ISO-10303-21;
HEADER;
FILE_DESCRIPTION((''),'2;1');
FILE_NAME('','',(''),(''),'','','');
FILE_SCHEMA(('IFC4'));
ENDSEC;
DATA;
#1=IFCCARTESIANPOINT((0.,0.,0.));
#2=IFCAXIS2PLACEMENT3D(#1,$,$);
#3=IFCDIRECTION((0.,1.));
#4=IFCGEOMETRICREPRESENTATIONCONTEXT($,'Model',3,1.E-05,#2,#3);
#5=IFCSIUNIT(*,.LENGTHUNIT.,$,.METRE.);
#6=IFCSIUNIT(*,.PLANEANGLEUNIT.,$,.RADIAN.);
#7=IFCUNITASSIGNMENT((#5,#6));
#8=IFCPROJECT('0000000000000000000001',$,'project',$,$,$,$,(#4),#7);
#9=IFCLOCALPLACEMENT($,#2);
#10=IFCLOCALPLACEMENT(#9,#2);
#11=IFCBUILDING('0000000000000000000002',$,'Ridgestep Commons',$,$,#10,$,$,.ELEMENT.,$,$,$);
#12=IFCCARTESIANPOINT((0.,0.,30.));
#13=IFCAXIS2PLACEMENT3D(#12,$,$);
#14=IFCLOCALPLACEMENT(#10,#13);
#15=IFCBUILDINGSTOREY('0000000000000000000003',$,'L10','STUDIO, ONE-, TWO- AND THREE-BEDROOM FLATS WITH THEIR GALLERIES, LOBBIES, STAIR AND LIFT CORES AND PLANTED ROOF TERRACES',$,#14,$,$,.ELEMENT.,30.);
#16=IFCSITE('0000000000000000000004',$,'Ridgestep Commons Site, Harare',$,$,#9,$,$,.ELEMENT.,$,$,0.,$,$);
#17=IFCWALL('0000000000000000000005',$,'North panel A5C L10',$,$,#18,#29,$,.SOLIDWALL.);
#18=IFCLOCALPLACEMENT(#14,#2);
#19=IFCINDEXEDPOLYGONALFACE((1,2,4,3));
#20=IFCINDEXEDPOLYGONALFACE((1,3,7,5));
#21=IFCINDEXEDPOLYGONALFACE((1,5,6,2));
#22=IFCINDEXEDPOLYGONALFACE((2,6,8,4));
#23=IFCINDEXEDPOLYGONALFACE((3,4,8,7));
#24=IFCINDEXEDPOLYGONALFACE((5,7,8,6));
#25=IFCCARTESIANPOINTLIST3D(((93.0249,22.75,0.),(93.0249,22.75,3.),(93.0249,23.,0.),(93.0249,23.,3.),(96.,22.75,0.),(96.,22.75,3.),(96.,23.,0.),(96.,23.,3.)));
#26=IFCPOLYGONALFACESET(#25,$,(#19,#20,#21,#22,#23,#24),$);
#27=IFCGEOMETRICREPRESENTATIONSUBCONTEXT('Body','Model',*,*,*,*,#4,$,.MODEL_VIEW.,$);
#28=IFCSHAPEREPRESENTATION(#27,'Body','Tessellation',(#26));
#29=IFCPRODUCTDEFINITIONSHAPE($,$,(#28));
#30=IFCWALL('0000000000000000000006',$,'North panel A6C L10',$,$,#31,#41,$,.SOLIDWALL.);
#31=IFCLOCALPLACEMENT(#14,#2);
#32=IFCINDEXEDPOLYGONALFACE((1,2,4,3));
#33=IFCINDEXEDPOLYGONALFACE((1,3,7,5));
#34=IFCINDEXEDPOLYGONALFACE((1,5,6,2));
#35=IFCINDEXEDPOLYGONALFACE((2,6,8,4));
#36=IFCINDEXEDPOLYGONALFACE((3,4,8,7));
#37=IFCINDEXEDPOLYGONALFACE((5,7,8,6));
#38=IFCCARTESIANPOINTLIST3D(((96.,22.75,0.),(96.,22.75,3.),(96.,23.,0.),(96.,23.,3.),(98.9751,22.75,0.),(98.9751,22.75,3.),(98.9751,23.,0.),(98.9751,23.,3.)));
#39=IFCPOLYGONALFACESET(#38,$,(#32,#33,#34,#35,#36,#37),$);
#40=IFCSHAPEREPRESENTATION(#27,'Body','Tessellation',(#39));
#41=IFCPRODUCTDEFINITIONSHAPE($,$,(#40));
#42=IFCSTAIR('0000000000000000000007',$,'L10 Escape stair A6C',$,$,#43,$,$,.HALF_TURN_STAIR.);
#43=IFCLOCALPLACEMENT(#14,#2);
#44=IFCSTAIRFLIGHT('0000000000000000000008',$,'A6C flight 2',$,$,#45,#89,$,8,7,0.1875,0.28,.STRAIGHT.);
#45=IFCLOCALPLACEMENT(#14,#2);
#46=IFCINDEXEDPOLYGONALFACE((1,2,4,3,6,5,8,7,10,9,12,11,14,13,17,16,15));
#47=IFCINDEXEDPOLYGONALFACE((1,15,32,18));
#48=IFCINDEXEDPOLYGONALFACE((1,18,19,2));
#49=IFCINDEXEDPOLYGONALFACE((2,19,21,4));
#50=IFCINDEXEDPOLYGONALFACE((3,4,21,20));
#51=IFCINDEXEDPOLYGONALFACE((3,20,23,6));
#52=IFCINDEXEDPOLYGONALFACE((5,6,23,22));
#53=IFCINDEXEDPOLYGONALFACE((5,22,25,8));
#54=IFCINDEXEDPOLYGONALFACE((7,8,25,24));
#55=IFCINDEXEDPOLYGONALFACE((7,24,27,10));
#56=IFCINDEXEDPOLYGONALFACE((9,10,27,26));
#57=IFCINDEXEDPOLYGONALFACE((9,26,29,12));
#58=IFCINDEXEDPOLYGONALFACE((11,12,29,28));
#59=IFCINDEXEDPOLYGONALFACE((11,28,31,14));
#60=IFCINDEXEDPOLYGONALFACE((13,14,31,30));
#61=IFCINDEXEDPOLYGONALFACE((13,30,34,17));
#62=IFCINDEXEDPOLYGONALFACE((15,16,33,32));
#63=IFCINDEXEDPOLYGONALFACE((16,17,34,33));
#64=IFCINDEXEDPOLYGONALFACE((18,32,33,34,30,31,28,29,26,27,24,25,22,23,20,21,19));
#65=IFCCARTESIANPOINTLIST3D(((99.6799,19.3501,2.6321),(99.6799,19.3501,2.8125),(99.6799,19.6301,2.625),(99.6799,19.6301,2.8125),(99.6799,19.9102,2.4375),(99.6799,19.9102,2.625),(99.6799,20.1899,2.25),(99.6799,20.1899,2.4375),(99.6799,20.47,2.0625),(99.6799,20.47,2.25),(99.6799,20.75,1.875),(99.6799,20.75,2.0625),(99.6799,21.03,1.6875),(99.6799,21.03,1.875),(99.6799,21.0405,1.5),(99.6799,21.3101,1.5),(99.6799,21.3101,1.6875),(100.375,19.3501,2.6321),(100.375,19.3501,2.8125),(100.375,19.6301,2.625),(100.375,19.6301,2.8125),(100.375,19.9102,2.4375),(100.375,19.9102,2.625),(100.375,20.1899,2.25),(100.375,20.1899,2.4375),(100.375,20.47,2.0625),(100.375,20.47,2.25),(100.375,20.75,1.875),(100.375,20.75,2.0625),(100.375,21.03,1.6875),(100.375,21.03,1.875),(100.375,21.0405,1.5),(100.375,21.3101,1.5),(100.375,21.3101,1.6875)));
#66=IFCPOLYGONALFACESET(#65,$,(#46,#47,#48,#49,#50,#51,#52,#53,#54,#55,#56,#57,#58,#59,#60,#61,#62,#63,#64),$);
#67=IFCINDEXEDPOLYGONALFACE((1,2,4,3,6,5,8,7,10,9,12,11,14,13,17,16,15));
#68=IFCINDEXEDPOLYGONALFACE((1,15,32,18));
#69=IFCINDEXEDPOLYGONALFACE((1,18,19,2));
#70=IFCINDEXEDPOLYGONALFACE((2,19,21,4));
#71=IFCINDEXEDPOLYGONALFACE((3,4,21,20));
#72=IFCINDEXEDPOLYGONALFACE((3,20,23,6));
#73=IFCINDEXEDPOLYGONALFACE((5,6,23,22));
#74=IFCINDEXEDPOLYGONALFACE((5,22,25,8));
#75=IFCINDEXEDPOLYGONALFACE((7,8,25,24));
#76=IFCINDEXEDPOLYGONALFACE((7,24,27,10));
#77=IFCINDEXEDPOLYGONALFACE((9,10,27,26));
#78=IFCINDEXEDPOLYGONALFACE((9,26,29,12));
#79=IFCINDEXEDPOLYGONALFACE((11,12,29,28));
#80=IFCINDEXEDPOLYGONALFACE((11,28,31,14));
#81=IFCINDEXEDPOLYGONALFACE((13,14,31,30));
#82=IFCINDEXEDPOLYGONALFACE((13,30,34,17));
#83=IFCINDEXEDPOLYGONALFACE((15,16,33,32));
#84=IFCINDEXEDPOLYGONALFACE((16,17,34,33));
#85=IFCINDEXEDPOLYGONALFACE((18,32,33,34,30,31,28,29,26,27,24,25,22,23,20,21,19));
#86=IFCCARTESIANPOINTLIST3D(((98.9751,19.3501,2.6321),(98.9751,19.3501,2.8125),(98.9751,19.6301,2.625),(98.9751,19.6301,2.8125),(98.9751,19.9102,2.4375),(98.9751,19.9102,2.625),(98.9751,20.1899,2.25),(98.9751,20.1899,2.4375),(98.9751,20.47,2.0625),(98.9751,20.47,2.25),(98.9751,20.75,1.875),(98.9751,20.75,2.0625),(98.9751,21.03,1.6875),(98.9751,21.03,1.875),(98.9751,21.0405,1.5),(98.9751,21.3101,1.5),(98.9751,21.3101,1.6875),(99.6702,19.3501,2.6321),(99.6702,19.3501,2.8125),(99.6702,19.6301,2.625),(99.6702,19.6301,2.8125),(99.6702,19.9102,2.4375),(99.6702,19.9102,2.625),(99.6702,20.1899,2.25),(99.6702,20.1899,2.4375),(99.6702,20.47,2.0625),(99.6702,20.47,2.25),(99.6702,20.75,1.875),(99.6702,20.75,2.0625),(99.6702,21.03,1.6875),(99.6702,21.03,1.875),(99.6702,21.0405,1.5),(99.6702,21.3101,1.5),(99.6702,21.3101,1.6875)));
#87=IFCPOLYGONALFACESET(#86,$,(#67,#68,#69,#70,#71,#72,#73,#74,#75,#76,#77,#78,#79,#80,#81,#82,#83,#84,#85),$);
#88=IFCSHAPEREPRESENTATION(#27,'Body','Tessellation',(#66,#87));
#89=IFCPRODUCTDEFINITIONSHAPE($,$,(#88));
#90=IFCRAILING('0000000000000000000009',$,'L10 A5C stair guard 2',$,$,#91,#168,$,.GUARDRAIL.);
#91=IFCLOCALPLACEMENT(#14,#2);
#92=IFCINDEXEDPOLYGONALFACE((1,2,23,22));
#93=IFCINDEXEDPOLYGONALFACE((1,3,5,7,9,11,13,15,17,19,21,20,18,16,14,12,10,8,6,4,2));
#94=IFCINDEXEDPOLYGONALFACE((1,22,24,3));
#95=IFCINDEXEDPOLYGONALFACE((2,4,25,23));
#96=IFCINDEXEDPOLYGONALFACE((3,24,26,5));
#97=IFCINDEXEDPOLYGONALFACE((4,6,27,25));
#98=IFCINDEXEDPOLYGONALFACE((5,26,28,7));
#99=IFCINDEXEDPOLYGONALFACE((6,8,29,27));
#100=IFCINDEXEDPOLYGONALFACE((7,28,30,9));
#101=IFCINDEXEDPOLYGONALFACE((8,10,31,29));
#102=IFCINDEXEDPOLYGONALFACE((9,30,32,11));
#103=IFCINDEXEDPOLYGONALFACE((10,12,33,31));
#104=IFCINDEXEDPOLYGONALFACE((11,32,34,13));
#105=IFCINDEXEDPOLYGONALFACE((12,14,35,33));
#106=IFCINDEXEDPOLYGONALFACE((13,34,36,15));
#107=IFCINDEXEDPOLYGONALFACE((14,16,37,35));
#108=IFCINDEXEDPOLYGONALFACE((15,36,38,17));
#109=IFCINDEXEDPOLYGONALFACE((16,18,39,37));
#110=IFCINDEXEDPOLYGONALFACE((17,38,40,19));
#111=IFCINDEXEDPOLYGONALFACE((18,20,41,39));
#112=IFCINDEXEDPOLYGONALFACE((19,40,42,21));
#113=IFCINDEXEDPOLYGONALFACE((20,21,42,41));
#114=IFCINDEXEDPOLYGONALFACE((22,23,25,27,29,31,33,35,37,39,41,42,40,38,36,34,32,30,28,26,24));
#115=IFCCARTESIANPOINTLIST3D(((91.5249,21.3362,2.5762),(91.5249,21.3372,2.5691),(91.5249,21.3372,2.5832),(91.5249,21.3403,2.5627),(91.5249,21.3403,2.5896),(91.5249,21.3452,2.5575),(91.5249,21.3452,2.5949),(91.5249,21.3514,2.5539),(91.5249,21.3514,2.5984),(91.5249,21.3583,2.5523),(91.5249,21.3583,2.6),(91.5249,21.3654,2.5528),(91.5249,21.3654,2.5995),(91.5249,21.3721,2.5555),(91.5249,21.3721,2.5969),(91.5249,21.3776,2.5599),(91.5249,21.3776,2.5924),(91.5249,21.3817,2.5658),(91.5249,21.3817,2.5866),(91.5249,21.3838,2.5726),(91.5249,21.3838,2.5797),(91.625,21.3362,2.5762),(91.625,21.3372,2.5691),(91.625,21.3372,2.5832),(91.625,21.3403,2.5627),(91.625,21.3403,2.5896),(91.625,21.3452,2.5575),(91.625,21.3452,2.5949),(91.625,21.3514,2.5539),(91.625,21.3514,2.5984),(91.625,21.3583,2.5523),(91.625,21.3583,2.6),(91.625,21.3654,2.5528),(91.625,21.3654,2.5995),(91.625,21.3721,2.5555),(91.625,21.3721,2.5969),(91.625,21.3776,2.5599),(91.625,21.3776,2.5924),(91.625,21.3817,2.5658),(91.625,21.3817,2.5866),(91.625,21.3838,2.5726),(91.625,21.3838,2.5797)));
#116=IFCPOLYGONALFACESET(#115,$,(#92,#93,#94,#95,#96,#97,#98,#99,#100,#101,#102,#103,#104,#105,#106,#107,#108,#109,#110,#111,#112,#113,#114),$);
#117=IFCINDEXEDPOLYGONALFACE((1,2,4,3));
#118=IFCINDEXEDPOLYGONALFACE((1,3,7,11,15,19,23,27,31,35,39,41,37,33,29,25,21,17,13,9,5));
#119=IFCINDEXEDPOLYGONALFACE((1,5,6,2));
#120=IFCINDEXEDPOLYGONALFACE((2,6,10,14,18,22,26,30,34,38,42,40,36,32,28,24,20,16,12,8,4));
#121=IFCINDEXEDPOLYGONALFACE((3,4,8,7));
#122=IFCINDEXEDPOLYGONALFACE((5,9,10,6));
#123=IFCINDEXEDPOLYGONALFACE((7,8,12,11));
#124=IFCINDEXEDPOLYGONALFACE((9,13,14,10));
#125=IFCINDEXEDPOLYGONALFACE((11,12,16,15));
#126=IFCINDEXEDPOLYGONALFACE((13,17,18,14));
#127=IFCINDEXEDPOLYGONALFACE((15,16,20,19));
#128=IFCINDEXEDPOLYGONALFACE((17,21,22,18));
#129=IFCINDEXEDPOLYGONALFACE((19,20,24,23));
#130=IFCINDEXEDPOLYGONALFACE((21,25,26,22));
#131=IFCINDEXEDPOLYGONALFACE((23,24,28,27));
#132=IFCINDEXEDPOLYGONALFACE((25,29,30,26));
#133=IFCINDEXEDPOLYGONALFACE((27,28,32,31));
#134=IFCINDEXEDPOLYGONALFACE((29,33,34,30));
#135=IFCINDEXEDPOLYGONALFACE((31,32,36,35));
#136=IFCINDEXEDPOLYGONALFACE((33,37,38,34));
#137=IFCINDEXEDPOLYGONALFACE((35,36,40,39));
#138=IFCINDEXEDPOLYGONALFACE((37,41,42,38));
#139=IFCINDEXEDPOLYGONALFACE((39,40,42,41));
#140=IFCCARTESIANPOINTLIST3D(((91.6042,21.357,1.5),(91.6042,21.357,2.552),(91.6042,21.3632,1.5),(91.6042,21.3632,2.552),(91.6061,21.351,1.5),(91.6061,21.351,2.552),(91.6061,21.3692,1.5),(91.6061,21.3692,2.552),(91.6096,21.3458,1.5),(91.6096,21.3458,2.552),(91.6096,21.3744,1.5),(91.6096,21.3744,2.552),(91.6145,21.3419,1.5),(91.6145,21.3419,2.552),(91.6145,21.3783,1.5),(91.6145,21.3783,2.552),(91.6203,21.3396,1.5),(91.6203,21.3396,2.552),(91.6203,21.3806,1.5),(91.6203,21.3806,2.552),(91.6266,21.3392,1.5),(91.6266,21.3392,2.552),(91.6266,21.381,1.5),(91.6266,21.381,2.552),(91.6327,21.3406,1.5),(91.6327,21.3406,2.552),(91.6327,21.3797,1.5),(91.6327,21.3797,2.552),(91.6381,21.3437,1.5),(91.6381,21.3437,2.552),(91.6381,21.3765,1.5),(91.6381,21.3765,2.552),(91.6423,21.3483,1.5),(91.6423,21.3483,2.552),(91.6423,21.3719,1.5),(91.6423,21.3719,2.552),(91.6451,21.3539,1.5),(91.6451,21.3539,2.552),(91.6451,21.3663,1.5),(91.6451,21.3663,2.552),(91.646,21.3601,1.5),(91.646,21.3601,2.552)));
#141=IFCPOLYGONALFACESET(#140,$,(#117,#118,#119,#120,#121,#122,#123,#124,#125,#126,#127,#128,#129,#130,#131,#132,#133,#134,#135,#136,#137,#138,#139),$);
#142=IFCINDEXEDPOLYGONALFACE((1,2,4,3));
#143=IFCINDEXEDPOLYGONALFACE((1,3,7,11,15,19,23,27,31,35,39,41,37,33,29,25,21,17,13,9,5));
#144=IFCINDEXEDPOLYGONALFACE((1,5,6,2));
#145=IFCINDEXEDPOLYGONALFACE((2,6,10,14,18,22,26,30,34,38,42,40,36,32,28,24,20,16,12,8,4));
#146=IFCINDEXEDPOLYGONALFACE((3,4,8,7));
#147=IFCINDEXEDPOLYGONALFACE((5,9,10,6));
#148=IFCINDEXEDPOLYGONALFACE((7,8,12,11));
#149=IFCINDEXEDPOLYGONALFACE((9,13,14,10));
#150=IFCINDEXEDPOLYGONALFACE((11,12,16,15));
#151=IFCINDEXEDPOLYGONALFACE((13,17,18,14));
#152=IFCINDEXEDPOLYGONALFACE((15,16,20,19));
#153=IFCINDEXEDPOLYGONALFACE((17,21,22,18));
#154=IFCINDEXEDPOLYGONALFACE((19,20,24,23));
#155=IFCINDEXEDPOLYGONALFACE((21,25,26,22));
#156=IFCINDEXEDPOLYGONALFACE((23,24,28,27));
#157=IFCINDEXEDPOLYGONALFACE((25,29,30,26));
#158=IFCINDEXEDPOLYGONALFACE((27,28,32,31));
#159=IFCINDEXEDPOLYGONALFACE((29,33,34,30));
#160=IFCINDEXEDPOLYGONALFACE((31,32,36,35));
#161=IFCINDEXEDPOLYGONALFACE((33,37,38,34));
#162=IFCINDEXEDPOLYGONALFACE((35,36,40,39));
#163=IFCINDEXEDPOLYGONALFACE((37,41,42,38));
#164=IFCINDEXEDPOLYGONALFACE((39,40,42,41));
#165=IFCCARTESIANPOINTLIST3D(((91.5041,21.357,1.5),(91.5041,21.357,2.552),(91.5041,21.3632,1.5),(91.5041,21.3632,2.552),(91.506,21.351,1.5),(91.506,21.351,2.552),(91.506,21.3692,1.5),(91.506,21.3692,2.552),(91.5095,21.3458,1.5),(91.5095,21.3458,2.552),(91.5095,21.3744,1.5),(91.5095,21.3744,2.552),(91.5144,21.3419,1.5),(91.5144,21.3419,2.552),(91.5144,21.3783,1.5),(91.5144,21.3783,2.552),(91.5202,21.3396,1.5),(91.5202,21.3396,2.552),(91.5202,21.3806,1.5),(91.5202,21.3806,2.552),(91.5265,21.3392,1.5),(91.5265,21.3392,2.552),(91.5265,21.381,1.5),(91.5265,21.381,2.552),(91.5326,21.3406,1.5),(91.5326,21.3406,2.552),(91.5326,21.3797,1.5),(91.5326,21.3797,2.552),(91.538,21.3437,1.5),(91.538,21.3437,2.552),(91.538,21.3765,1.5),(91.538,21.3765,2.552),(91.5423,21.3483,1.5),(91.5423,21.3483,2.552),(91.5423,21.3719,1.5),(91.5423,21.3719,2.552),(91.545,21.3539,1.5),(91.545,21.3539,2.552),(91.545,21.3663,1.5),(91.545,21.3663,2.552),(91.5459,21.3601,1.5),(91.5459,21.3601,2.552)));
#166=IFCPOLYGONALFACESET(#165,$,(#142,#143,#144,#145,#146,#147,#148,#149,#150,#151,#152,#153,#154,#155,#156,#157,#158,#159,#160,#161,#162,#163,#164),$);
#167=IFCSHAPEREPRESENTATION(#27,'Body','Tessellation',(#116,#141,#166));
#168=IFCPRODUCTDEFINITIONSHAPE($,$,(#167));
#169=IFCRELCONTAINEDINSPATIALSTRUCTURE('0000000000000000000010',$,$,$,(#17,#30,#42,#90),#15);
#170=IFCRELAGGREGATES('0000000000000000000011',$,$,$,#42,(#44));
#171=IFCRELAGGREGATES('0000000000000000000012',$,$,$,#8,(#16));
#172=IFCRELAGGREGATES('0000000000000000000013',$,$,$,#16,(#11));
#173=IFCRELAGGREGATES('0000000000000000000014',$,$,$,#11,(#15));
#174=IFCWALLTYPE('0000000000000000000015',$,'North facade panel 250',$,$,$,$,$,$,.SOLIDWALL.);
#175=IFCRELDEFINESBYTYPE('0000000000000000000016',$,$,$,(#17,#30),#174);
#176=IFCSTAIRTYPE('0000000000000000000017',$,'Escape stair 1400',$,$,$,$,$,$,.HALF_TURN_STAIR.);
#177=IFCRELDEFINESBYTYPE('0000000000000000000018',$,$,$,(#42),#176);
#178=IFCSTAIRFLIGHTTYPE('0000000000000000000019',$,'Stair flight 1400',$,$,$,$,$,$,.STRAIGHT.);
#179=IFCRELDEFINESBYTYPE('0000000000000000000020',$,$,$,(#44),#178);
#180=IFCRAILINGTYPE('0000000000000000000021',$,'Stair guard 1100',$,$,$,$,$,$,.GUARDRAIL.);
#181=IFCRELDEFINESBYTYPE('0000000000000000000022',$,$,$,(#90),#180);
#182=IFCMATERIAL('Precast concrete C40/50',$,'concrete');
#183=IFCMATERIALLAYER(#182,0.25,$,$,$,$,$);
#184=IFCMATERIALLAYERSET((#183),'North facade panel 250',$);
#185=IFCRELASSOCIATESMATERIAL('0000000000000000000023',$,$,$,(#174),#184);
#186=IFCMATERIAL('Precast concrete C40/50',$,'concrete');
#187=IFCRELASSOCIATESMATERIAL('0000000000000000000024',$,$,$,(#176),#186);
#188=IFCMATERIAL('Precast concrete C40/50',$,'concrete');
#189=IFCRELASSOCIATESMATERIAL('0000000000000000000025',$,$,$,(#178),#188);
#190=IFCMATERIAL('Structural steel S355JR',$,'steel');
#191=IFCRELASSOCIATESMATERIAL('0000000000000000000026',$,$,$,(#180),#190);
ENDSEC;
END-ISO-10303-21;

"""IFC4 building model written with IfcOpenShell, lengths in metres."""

from ifc_helpers import new_model, si_unit, direction, frame, frame_2d, origin, origin_2d, place, context, subcontext, project, spatial, polyline, rectangle, circle, outline, extrude, material, layer, layer_set, type_object, element, aggregate, save


model = new_model("IFC4")

# Units and contexts
model_context = context("Model", 3, precision=1e-05, world=origin(), true_north=direction((0.0, 1.0)))
body_context = subcontext(model_context, "Body", "Model", "MODEL_VIEW")
ifc_project = project(units=[si_unit("LENGTHUNIT", "METRE"), si_unit("PLANEANGLEUNIT", "RADIAN")], contexts=[model_context])

# Site, building, storey
site_placement = place(None, origin())
site = spatial("IfcSite", under=ifc_project, at=site_placement, Name="Ridgestep Commons Site, Harare", CompositionType="ELEMENT", RefElevation=0.0)
building_placement = place(site_placement, origin())
building = spatial("IfcBuilding", under=site, at=building_placement, Name="Ridgestep Commons", CompositionType="ELEMENT")
storey_placement = place(building_placement, frame((0.0, 0.0, 30.0)))
storey = spatial("IfcBuildingStorey", under=building, at=storey_placement, Name="L10", Description="STUDIO, ONE-, TWO- AND THREE-BEDROOM FLATS WITH THEIR GALLERIES, LOBBIES, STAIR AND LIFT CORES AND PLANTED ROOF TERRACES", CompositionType="ELEMENT", Elevation=30.0)

# Walls
ifc_material_1 = material(Name="Precast concrete C40/50", Category="concrete")
ifc_layer_1 = layer(ifc_material_1, 0.25)
ifc_layer_set_1 = layer_set([ifc_layer_1], Name="North facade panel 250")
wall_type = type_object("IfcWallType", Name="North facade panel 250", PredefinedType="SOLIDWALL", material=ifc_layer_set_1)
for number, where, z_axis, x_axis, name in (
    (1, (93.0249, 22.875, 0.0), (0.0, 0.0, 1.0), (1.0, 0.0, 0.0), "North panel A5C L10"),
    (2, (96.0, 22.875, 0.0), (0.0, 0.0, 1.0), (1.0, 0.0, 0.0), "North panel A6C L10"),
):
    element("IfcWall", number, at=place(storey_placement, frame(where, z_axis=z_axis, x_axis=x_axis)), inside=storey, type_object=wall_type, Name=name, PredefinedType="SOLIDWALL", context=body_context, shape_type="SweptSolid", body=[
        extrude(rectangle(XDim=2.9751, YDim=0.25, at=frame_2d((1.4875, 0.0))), origin(), (0.0, 0.0, 1.0), 3.0),
    ])

# Stair, stair flight
ifc_material_2 = material(Name="Precast concrete C40/50", Category="concrete")
stair_type = type_object("IfcStairType", Name="Escape stair 1400", PredefinedType="HALF_TURN_STAIR", material=ifc_material_2)
stair_placement = place(storey_placement, origin())
stair = element("IfcStair", 3, at=stair_placement, inside=storey, type_object=stair_type, Name="L10 Escape stair A6C", PredefinedType="HALF_TURN_STAIR")
ifc_material_3 = material(Name="Precast concrete C40/50", Category="concrete")
stair_flight_type = type_object("IfcStairFlightType", Name="Stair flight 1400", PredefinedType="STRAIGHT", material=ifc_material_3)
stair_flight_placement = place(storey_placement, frame((99.675, 21.3101, 1.5), z_axis=(0.0, 0.0, 1.0), x_axis=(0.0, -1.0, 0.0)))
stair_flight = element("IfcStairFlight", 4, at=stair_flight_placement, type_object=stair_flight_type, Name="A6C flight 2", NumberOfRisers=8, NumberOfTreads=7, PredefinedType="STRAIGHT", RiserHeight=0.1875, TreadLength=0.28, context=body_context, shape_type="SweptSolid", body=[
    extrude(outline(polyline([(0.0, 0.0), (0.0, 0.1875), (0.28, 0.1875), (0.28, 0.375), (0.5601, 0.375), (0.5601, 0.5625), (0.8401, 0.5625), (0.8401, 0.75), (1.1201, 0.75), (1.1201, 0.9375), (1.3999, 0.9375), (1.3999, 1.125), (1.6799, 1.125), (1.6799, 1.3125), (1.96, 1.3125), (1.96, 1.5), (1.96, 1.1321), (0.2695, 0.0), (0.0, 0.0)])), frame((0.0, 0.7, 0.0), z_axis=(0.0, -1.0, 0.0), x_axis=(1.0, 0.0, 0.0)), (0.0, 0.0, 1.0), 0.6951),
    extrude(outline(polyline([(0.0, 0.0), (0.0, 0.1875), (0.28, 0.1875), (0.28, 0.375), (0.5601, 0.375), (0.5601, 0.5625), (0.8401, 0.5625), (0.8401, 0.75), (1.1201, 0.75), (1.1201, 0.9375), (1.3999, 0.9375), (1.3999, 1.125), (1.6799, 1.125), (1.6799, 1.3125), (1.96, 1.3125), (1.96, 1.5), (1.96, 1.1321), (0.2695, 0.0), (0.0, 0.0)])), frame((0.0, -0.0049, 0.0), z_axis=(0.0, -1.0, 0.0), x_axis=(1.0, 0.0, 0.0)), (0.0, 0.0, 1.0), 0.6951),
])
aggregate(stair, [stair_flight])

# Railing
ifc_material_4 = material(Name="Structural steel S355JR", Category="steel")
railing_type_1 = type_object("IfcRailingType", Name="Stair guard 1100", PredefinedType="GUARDRAIL", material=ifc_material_4)
for number, where, name in (
    (5, (91.625, 21.3601, 1.5), "L10 A5C stair guard 2"),
):
    element("IfcRailing", number, at=place(storey_placement, frame(where)), inside=storey, type_object=railing_type_1, Name=name, PredefinedType="GUARDRAIL", context=body_context, shape_type="SweptSolid", body=[
        extrude(circle(Radius=0.0239, at=origin_2d()), frame((0.0, 0.0, 1.0762), z_axis=(-1.0, 0.0, 0.0), x_axis=(0.0, -1.0, 0.0)), (0.0, 0.0, 1.0), 0.1001),
        extrude(circle(Radius=0.021, at=origin_2d()), origin(), (0.0, 0.0, 1.0), 1.052),
        extrude(circle(Radius=0.021, at=origin_2d()), frame((-0.1001, 0.0, 0.0)), (0.0, 0.0, 1.0), 1.052),
    ])

save(model, "model.ifc")
